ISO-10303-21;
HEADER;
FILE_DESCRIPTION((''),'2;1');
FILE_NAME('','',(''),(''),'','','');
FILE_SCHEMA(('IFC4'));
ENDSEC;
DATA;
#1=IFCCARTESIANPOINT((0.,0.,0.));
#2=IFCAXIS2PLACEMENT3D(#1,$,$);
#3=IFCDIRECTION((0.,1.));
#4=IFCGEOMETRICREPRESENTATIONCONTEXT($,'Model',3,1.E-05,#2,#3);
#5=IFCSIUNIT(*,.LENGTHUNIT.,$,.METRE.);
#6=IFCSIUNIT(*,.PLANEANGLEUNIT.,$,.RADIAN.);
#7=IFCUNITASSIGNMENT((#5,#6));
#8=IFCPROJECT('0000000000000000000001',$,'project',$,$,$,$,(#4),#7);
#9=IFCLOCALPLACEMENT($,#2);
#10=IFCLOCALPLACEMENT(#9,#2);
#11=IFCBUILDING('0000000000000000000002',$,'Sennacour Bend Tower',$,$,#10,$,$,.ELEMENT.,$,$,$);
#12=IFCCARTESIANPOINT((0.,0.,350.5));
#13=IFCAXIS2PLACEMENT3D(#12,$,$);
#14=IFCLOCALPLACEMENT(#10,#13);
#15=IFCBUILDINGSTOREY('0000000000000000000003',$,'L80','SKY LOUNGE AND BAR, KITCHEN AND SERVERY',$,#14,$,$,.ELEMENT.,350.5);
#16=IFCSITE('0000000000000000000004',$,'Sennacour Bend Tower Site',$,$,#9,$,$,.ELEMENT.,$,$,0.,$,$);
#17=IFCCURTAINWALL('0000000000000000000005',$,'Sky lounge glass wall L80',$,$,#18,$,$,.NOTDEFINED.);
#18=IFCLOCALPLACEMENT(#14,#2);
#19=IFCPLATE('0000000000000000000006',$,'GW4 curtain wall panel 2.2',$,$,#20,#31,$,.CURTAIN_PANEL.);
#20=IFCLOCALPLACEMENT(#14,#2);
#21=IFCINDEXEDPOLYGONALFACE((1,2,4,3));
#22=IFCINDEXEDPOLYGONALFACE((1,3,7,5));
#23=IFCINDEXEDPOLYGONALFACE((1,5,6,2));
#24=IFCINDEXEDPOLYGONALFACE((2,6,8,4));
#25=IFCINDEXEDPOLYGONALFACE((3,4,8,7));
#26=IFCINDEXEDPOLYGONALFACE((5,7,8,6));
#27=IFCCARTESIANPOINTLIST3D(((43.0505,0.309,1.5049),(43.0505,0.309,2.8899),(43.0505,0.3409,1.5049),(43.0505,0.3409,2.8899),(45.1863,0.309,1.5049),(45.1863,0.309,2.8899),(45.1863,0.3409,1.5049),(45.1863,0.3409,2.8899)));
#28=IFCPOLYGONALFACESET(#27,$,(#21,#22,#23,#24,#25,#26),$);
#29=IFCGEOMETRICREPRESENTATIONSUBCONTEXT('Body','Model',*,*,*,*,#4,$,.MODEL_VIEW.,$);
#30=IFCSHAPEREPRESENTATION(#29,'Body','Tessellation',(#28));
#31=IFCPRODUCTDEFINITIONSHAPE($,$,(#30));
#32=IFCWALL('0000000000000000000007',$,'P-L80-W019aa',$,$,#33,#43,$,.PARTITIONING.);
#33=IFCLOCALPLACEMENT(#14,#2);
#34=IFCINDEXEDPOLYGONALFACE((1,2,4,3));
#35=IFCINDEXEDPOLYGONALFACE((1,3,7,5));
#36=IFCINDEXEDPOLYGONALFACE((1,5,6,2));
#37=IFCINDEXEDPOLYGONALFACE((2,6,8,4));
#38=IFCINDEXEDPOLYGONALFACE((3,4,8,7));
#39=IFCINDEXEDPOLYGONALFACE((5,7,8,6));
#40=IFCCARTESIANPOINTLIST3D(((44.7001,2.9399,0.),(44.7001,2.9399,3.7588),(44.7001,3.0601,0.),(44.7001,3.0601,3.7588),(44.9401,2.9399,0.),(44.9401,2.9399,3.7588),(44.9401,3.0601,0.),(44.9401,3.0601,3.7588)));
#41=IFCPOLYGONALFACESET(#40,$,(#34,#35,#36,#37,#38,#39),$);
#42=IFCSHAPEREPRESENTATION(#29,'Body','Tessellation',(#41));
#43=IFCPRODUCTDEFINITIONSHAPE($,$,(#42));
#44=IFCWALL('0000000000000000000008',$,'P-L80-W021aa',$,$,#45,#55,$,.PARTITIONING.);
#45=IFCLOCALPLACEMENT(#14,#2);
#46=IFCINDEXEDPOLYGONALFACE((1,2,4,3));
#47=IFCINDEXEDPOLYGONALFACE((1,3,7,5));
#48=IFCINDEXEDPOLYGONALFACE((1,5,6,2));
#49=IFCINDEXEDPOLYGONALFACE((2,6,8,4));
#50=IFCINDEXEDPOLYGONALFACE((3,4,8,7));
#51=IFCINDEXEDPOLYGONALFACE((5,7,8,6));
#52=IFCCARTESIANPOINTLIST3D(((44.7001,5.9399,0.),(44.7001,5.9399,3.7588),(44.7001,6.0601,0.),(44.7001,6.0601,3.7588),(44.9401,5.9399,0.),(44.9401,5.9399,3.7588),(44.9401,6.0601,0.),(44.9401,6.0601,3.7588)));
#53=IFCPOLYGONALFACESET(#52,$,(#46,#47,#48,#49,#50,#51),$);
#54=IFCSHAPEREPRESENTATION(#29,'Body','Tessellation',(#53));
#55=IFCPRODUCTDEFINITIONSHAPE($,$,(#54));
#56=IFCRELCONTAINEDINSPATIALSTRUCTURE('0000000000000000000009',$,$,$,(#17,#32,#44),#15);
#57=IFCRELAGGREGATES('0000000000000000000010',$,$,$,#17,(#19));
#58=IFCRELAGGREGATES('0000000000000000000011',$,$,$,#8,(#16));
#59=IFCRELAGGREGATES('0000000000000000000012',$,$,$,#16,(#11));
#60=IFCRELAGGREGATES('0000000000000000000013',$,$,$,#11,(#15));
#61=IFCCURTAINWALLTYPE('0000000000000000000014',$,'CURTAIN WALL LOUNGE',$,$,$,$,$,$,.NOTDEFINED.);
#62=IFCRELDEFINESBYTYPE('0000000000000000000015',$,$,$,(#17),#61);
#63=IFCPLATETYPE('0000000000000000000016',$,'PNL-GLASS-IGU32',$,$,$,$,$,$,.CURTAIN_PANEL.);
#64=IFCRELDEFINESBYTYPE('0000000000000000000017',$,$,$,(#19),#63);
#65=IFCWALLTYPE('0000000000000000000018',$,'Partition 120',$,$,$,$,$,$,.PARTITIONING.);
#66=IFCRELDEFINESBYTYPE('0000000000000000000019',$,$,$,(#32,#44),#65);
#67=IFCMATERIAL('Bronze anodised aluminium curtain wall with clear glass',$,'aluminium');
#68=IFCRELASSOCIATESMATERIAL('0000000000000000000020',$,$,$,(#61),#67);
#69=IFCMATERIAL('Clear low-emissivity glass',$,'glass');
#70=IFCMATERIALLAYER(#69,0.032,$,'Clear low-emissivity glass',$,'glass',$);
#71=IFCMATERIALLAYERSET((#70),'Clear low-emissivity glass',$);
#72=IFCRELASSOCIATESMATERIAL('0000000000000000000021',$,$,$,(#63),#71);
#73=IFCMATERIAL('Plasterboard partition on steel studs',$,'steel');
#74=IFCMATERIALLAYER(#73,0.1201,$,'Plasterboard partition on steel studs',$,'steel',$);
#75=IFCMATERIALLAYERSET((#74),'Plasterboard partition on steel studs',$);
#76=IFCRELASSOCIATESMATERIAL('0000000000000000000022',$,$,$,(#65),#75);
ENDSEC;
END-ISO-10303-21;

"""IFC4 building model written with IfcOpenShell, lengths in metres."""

from ifc_helpers import new_model, si_unit, direction, frame, frame_2d, origin, origin_2d, place, context, subcontext, project, spatial, rectangle, extrude, material, layer, layer_set, type_object, element, aggregate, save


model = new_model("IFC4")

# Units and contexts
model_context = context("Model", 3, precision=1e-05, world=origin(), true_north=direction((0.0, 1.0)))
body_context = subcontext(model_context, "Body", "Model", "MODEL_VIEW")
ifc_project = project(units=[si_unit("LENGTHUNIT", "METRE"), si_unit("PLANEANGLEUNIT", "RADIAN")], contexts=[model_context])

# Site, building, storey
site_placement = place(None, origin())
site = spatial("IfcSite", under=ifc_project, at=site_placement, Name="Sennacour Bend Tower Site", CompositionType="ELEMENT", RefElevation=0.0)
building_placement = place(site_placement, origin())
building = spatial("IfcBuilding", under=site, at=building_placement, Name="Sennacour Bend Tower", CompositionType="ELEMENT")
storey_placement = place(building_placement, frame((0.0, 0.0, 350.5)))
storey = spatial("IfcBuildingStorey", under=building, at=storey_placement, Name="L80", Description="SKY LOUNGE AND BAR, KITCHEN AND SERVERY", CompositionType="ELEMENT", Elevation=350.5)

# Curtain wall
ifc_material_1 = material(Name="Bronze anodised aluminium curtain wall with clear glass", Category="aluminium")
curtain_wall_type = type_object("IfcCurtainWallType", Name="CURTAIN WALL LOUNGE", PredefinedType="NOTDEFINED", material=ifc_material_1)
curtain_wall_1_placement = place(storey_placement, origin())
curtain_wall_1 = element("IfcCurtainWall", 1, at=curtain_wall_1_placement, inside=storey, type_object=curtain_wall_type, Name="Sky lounge glass wall L80", PredefinedType="NOTDEFINED")

# Plate
ifc_material_2 = material(Name="Clear low-emissivity glass", Category="glass")
ifc_layer_1 = layer(ifc_material_2, 0.032, Name="Clear low-emissivity glass", Category="glass")
ifc_layer_set_1 = layer_set([ifc_layer_1], Name="Clear low-emissivity glass")
plate_type = type_object("IfcPlateType", Name="PNL-GLASS-IGU32", PredefinedType="CURTAIN_PANEL", material=ifc_layer_set_1)
plate_1_placement = place(storey_placement, frame((44.1184, 0.325, 1.5049), z_axis=(0.0, 0.0, 1.0), x_axis=(1.0, 0.0, 0.0)))
plate_1 = element("IfcPlate", 2, at=plate_1_placement, type_object=plate_type, Name="GW4 curtain wall panel 2.2", PredefinedType="CURTAIN_PANEL", context=body_context, shape_type="SweptSolid", body=[
    extrude(rectangle(XDim=2.1357, YDim=0.032, at=origin_2d()), origin(), (0.0, 0.0, 1.0), 1.385),
])
aggregate(curtain_wall_1, [plate_1])

# Walls
ifc_material_3 = material(Name="Plasterboard partition on steel studs", Category="steel")
ifc_layer_2 = layer(ifc_material_3, 0.1201, Name="Plasterboard partition on steel studs", Category="steel")
ifc_layer_set_2 = layer_set([ifc_layer_2], Name="Plasterboard partition on steel studs")
wall_type = type_object("IfcWallType", Name="Partition 120", PredefinedType="PARTITIONING", material=ifc_layer_set_2)
for number, where, z_axis, x_axis, name in (
    (3, (44.7, 3.0, 0.0), (0.0, 0.0, 1.0), (1.0, 0.0, 0.0), "P-L80-W019aa"),
    (4, (44.7, 6.0, 0.0), (0.0, 0.0, 1.0), (1.0, 0.0, 0.0), "P-L80-W021aa"),
):
    element("IfcWall", number, at=place(storey_placement, frame(where, z_axis=z_axis, x_axis=x_axis)), inside=storey, type_object=wall_type, Name=name, PredefinedType="PARTITIONING", context=body_context, shape_type="SweptSolid", body=[
        extrude(rectangle(XDim=0.24, YDim=0.1201, at=frame_2d((0.1201, 0.0))), origin(), (0.0, 0.0, 1.0), 3.7588),
    ])

save(model, "model.ifc")
